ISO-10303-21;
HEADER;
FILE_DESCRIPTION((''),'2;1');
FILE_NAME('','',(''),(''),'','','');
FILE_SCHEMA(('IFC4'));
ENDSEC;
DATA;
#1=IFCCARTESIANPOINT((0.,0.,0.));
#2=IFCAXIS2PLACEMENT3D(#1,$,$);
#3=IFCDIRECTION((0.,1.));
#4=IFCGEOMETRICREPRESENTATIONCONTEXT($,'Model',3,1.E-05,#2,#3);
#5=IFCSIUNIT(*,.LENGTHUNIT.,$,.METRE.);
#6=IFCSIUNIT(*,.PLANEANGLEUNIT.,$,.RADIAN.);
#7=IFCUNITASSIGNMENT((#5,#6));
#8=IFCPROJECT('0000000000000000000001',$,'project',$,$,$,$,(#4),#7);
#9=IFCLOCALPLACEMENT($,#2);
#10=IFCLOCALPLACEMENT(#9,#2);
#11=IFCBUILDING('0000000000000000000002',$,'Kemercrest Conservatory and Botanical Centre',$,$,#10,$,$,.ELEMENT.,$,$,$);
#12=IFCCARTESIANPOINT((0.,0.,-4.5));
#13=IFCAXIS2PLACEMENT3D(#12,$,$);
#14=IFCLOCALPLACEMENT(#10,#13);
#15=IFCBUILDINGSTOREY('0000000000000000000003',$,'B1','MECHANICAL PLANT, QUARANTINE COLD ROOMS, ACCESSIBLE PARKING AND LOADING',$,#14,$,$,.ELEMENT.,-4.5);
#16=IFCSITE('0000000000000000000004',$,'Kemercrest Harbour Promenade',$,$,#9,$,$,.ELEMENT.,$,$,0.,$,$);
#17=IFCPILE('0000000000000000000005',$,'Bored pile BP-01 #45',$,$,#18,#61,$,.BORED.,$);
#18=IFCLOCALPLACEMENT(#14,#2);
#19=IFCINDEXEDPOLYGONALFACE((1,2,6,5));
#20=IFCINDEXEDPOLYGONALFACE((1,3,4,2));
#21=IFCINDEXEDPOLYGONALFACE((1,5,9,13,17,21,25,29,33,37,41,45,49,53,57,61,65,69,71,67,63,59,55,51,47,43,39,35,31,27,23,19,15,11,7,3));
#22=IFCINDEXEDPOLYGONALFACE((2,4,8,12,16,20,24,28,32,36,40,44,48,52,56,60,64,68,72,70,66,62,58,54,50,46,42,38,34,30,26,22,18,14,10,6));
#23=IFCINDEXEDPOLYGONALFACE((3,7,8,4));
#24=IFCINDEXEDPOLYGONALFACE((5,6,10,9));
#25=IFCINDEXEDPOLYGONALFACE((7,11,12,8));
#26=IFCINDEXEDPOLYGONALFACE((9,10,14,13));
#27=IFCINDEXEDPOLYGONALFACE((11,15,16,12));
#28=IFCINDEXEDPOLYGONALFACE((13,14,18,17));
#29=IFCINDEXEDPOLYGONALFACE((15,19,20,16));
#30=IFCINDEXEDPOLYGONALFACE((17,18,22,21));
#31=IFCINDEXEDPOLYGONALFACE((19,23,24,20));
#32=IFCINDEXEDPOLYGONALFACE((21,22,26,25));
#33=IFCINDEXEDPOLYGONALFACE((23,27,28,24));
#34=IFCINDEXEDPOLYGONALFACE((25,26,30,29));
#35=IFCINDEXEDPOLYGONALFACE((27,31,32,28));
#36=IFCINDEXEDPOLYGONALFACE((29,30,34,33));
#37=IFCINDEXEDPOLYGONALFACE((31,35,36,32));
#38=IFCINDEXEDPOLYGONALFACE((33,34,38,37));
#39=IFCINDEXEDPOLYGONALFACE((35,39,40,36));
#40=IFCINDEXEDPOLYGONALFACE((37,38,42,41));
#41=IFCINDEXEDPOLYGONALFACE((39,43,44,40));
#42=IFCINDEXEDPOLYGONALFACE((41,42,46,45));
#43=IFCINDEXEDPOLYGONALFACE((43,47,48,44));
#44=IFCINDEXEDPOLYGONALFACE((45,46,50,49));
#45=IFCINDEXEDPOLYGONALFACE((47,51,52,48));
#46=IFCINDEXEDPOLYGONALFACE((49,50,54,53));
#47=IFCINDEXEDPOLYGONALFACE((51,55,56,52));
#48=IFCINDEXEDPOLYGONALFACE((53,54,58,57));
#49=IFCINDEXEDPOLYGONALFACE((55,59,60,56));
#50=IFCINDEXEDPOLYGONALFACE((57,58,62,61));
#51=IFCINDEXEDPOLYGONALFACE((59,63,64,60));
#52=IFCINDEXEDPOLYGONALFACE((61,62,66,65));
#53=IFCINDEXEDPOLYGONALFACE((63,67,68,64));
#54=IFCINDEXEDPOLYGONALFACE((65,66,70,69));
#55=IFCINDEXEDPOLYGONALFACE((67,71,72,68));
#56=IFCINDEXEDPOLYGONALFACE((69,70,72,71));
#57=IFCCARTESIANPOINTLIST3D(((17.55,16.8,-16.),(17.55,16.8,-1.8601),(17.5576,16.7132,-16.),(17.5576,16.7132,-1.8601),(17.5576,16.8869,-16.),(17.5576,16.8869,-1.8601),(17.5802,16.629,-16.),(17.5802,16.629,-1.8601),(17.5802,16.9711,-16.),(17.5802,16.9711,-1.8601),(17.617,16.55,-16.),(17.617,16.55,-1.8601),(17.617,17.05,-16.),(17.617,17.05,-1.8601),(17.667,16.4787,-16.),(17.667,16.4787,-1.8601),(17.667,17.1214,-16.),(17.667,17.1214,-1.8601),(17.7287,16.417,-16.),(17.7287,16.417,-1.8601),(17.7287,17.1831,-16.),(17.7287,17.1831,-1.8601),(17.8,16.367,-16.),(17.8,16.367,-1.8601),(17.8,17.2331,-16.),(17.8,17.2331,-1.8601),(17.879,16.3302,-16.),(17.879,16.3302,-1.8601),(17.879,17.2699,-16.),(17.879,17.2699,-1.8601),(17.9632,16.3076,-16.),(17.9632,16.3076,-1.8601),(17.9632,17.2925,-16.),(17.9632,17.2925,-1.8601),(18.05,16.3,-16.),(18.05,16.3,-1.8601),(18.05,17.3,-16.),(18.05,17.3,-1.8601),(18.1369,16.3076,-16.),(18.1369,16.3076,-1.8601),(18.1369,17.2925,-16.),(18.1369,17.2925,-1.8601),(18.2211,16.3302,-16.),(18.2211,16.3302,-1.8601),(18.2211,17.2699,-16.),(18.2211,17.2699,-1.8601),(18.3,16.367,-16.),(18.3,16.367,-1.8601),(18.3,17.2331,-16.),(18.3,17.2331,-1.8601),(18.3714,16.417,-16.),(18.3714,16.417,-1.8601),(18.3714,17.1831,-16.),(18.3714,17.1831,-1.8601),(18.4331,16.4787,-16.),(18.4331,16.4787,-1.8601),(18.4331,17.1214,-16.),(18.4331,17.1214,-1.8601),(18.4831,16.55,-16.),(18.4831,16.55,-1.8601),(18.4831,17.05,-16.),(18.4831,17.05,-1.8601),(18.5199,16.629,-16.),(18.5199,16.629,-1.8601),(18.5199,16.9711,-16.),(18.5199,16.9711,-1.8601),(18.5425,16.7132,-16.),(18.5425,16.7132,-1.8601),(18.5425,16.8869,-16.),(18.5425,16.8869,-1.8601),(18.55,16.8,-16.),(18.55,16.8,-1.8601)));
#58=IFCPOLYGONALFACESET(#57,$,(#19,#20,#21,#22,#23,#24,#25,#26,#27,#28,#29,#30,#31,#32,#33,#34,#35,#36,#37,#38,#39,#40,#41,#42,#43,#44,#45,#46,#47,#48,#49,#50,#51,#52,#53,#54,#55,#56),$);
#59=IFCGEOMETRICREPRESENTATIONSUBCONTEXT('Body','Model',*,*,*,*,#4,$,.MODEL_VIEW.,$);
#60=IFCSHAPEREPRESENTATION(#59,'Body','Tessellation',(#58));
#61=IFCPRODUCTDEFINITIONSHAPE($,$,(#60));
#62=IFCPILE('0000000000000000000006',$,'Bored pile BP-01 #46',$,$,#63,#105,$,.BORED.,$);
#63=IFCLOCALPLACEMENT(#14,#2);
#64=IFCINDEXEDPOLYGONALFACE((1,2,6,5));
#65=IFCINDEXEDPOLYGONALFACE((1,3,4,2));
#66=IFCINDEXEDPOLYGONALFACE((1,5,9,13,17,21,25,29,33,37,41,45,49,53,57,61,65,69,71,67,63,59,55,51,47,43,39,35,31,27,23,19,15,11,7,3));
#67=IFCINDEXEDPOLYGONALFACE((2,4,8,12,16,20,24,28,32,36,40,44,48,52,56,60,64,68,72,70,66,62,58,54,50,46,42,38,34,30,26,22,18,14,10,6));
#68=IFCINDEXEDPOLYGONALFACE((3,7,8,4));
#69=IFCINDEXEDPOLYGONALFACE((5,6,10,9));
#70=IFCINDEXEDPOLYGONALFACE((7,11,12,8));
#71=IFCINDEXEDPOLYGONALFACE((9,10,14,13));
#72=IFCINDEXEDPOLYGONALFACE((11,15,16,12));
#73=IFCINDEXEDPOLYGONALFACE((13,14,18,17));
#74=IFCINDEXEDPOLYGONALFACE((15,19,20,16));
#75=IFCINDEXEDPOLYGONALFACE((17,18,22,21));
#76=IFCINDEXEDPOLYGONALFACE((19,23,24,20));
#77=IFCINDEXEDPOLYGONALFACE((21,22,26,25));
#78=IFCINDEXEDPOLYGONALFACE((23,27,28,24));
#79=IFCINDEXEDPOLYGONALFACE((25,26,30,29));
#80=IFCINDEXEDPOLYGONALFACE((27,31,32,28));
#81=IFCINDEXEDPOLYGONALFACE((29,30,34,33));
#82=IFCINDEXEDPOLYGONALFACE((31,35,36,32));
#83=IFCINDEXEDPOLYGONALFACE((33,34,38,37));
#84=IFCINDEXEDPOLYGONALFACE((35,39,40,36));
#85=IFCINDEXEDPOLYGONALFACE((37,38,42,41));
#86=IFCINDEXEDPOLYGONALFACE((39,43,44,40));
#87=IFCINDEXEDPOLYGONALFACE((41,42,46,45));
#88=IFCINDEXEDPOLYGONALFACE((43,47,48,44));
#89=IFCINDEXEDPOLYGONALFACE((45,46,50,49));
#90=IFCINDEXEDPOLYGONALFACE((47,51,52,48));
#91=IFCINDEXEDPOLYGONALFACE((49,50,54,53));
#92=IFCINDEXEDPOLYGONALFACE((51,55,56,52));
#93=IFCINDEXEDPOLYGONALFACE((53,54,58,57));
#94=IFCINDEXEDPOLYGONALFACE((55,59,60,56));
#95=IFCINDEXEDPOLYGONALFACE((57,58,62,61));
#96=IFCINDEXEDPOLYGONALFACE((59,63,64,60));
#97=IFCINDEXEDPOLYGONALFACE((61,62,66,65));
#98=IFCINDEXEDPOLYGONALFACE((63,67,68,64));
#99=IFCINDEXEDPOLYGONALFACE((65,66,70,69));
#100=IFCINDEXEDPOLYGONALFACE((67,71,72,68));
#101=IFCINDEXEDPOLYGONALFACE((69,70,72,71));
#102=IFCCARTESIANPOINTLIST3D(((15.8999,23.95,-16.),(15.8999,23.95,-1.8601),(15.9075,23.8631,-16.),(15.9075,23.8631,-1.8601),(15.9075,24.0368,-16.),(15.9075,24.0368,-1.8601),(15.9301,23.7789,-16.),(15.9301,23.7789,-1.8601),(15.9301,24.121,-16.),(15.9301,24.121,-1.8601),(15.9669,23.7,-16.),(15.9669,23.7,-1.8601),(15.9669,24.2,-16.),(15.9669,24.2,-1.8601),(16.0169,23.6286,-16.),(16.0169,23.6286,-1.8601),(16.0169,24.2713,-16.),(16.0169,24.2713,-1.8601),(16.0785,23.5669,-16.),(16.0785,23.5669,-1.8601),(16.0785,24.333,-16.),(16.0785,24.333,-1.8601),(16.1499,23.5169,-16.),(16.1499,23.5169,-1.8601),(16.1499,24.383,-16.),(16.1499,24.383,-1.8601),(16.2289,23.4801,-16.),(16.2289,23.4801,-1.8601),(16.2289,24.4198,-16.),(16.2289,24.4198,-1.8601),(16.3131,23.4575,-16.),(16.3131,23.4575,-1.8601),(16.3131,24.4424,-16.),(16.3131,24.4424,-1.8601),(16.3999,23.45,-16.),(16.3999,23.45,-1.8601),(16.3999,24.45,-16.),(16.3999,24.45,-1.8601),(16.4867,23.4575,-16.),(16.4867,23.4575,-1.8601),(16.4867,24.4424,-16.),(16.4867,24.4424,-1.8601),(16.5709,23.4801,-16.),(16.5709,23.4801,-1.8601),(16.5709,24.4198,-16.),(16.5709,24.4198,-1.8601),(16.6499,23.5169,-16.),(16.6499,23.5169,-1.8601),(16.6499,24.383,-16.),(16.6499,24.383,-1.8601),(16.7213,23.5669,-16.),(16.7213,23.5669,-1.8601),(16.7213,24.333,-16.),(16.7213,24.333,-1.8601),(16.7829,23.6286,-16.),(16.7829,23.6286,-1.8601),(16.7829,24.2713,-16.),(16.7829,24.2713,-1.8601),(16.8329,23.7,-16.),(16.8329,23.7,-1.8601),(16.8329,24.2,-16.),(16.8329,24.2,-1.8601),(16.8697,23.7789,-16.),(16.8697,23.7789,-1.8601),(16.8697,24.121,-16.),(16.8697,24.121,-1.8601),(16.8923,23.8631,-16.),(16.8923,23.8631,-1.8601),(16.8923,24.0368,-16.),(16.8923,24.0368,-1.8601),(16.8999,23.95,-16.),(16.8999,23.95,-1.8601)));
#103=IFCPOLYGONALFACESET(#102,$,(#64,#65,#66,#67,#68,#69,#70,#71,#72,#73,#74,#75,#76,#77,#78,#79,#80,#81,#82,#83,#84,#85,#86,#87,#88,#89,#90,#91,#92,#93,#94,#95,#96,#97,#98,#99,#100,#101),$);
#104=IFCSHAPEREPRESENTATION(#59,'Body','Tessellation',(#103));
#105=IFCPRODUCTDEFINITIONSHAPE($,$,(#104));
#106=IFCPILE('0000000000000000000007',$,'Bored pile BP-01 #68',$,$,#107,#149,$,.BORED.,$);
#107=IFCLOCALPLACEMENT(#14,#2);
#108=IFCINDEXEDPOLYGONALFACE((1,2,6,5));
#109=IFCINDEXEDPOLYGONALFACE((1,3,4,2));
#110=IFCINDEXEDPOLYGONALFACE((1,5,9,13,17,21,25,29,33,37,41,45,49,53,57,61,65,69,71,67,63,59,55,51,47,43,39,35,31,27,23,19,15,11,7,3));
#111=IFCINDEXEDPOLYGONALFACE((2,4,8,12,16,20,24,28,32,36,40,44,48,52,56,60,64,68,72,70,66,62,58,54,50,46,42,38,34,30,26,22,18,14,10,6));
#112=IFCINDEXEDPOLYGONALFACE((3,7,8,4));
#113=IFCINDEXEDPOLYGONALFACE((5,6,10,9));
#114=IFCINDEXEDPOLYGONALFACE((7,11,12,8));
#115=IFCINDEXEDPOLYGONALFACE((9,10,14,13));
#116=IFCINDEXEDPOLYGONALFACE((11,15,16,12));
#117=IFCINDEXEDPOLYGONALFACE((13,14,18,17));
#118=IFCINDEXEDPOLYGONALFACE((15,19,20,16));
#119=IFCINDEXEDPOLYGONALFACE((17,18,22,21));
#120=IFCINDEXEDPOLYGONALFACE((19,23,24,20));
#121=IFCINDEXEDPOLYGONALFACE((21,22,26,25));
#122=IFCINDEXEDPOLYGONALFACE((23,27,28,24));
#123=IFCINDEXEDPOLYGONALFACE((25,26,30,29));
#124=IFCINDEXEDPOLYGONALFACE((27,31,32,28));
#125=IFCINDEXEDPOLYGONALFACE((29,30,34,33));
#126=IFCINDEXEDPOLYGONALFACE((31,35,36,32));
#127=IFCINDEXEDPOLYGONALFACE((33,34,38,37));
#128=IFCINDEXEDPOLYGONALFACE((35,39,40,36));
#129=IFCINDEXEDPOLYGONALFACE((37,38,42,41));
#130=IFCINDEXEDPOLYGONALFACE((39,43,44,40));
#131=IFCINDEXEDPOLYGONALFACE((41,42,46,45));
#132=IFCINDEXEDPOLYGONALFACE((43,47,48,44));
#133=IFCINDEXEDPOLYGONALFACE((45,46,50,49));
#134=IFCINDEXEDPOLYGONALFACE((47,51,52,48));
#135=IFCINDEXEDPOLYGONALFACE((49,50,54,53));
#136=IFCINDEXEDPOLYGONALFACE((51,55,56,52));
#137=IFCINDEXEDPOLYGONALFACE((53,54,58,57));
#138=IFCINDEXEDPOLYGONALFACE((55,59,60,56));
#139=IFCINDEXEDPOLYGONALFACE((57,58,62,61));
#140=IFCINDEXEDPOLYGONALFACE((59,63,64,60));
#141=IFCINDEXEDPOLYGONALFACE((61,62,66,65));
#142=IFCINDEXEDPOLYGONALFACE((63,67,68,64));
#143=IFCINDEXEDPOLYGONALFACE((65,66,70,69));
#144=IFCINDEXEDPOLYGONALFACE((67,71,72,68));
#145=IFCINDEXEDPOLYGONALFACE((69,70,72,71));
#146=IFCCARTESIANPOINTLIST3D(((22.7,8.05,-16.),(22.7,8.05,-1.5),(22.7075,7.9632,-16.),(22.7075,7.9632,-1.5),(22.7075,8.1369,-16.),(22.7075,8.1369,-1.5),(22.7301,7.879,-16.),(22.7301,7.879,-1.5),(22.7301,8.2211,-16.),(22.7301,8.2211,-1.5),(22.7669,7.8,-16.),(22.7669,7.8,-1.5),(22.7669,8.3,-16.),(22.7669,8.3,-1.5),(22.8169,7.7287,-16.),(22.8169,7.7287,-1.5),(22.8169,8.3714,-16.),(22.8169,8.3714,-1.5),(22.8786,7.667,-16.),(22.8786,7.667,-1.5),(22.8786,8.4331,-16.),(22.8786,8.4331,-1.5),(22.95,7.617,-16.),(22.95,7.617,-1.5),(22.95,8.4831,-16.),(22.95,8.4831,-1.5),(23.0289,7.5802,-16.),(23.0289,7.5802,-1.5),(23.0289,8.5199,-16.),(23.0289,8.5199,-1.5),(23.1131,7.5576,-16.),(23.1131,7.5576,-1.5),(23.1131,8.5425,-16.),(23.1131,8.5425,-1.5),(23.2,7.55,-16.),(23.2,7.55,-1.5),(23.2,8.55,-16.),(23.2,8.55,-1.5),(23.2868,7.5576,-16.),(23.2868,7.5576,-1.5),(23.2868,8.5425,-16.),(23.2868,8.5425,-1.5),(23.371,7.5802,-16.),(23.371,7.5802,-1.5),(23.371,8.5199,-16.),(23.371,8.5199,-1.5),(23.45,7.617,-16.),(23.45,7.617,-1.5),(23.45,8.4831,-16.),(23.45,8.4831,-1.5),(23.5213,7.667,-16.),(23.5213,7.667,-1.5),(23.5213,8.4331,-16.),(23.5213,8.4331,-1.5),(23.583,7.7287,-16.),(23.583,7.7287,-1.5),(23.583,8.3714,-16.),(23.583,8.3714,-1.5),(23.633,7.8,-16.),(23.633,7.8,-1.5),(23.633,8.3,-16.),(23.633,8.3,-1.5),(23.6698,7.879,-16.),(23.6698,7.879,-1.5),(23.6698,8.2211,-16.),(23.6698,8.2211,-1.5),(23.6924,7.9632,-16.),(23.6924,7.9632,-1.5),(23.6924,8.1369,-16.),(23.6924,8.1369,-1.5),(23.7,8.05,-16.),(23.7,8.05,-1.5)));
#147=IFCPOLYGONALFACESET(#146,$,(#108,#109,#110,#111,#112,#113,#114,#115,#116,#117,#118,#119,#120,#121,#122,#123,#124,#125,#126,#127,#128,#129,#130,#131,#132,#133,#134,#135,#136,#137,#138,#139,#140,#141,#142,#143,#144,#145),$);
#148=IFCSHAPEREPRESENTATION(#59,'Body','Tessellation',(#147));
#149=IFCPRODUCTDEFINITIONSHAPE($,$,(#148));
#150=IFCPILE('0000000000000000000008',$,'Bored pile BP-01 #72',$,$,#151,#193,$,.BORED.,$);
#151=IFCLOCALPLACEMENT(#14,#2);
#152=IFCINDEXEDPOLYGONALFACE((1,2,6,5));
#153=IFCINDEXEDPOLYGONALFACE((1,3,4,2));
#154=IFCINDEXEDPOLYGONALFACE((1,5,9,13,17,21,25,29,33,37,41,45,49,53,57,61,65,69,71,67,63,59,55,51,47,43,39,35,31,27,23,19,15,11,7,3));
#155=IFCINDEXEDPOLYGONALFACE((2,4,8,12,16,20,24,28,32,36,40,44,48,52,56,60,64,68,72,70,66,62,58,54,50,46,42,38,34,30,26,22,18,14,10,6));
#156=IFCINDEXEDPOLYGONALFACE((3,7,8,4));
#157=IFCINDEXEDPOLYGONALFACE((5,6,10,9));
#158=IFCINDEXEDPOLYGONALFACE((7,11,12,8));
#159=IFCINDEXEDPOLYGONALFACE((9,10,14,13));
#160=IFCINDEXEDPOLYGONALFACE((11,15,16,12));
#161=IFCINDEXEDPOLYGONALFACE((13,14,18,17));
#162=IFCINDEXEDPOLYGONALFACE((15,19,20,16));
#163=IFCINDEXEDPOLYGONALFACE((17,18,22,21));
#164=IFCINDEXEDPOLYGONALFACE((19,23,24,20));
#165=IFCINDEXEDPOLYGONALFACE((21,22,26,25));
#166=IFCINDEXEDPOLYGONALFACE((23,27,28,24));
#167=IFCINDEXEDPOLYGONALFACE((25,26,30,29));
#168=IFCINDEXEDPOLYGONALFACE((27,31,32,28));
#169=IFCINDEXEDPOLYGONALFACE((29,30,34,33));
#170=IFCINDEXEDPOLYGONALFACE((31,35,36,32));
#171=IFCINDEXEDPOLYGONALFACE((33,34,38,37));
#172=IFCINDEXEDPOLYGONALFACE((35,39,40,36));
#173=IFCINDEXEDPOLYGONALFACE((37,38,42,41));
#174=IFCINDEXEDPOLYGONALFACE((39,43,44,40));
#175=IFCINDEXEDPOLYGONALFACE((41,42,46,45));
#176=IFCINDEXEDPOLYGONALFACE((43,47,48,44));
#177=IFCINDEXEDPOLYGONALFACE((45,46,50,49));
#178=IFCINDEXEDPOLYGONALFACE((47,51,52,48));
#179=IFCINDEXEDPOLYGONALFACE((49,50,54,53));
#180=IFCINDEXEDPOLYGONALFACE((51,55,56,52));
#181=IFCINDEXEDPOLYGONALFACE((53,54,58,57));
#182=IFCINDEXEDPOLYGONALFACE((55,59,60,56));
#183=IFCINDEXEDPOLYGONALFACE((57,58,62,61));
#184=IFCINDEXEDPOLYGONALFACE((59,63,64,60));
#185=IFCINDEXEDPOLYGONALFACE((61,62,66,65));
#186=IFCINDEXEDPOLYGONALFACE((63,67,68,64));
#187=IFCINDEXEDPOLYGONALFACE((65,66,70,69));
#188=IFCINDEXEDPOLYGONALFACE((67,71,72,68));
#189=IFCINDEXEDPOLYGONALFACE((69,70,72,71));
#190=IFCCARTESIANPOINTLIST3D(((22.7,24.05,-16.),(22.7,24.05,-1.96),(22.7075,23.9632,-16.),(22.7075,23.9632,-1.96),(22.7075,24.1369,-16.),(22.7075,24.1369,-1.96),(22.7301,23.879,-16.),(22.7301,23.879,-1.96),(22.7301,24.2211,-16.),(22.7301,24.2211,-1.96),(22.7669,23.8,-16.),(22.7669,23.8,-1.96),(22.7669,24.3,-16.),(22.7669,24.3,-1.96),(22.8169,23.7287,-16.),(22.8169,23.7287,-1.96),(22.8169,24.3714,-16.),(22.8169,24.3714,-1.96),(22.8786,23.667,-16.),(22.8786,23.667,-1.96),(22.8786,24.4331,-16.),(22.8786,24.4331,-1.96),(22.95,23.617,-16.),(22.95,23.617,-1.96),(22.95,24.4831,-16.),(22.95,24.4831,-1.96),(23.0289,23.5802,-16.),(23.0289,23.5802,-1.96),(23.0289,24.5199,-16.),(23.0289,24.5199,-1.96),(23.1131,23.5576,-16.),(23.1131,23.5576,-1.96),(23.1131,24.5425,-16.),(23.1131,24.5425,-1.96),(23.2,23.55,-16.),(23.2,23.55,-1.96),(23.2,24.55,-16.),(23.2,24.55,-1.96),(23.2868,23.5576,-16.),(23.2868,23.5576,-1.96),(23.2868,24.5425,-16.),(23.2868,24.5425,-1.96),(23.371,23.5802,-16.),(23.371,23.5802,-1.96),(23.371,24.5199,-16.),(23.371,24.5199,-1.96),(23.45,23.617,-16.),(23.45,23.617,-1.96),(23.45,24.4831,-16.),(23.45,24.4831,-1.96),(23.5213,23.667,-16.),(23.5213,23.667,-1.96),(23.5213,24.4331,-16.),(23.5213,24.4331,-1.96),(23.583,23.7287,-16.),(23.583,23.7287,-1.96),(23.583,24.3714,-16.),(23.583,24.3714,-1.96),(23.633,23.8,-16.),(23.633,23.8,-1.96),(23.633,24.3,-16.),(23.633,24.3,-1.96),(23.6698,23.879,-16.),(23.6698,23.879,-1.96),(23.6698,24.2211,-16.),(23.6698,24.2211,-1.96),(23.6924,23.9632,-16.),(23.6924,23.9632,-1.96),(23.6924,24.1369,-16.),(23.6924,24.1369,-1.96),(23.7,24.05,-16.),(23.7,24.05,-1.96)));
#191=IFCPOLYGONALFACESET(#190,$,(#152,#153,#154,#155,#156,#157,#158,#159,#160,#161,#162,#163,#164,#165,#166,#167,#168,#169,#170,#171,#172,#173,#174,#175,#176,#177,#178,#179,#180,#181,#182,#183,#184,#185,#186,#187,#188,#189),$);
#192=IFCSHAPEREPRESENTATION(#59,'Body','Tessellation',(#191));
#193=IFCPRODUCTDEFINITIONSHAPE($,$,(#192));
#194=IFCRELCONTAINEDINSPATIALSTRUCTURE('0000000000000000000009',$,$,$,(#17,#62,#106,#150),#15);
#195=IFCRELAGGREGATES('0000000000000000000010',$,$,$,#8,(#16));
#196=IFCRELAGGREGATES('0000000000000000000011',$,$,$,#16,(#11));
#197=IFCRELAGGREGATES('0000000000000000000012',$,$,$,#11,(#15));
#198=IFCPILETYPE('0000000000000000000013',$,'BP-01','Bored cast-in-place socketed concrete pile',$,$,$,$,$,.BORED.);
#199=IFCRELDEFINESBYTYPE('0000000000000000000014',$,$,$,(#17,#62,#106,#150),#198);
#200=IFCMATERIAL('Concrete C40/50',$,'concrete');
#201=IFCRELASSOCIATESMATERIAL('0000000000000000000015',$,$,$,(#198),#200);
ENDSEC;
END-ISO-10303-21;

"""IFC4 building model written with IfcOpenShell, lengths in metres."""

from ifc_helpers import new_model, si_unit, direction, frame, origin, origin_2d, place, context, subcontext, project, spatial, circle, extrude, material, material_profile, profile_set, type_object, element, save


model = new_model("IFC4")

# Units and contexts
model_context = context("Model", 3, precision=1e-05, world=origin(), true_north=direction((0.0, 1.0)))
body_context = subcontext(model_context, "Body", "Model", "MODEL_VIEW")
ifc_project = project(units=[si_unit("LENGTHUNIT", "METRE"), si_unit("PLANEANGLEUNIT", "RADIAN")], contexts=[model_context])

# Site, building, storey
site_placement = place(None, origin())
site = spatial("IfcSite", under=ifc_project, at=site_placement, Name="Kemercrest Harbour Promenade", CompositionType="ELEMENT", RefElevation=0.0)
building_placement = place(site_placement, origin())
building = spatial("IfcBuilding", under=site, at=building_placement, Name="Kemercrest Conservatory and Botanical Centre", CompositionType="ELEMENT")
storey_placement = place(building_placement, frame((0.0, 0.0, -4.5)))
storey = spatial("IfcBuildingStorey", under=building, at=storey_placement, Name="B1", Description="MECHANICAL PLANT, QUARANTINE COLD ROOMS, ACCESSIBLE PARKING AND LOADING", CompositionType="ELEMENT", Elevation=-4.5)

# Piles
ifc_material_1 = material(Name="Concrete C40/50", Category="concrete")
ifc_material_profile_1 = material_profile(ifc_material_1, circle(Radius=0.5, at=origin_2d()), Name="BORED PILE 1000")
ifc_profile_set_1 = profile_set([ifc_material_profile_1], Name="Concrete C40/50")
pile_type_1 = type_object("IfcPileType", Name="BP-01", Description="Bored cast-in-place socketed concrete pile", PredefinedType="BORED", material=ifc_profile_set_1)
for number, where, z_axis, x_axis, name in (
    (1, (18.05, 16.8, -1.8601), (0.0, 0.0, -1.0), (1.0, 0.0, 0.0), "Bored pile BP-01 #45"),
    (2, (16.3999, 23.95, -1.8601), (0.0, 0.0, -1.0), (1.0, 0.0, 0.0), "Bored pile BP-01 #46"),
):
    element("IfcPile", number, at=place(storey_placement, frame(where, z_axis=z_axis, x_axis=x_axis)), inside=storey, type_object=pile_type_1, Name=name, PredefinedType="BORED", context=body_context, shape_type="SweptSolid", body=[
        extrude(circle(Radius=0.5, at=origin_2d()), origin(), (0.0, 0.0, 1.0), 14.1399),
    ])
pile_1_placement = place(storey_placement, frame((23.2, 8.05, -1.5), z_axis=(0.0, 0.0, -1.0), x_axis=(1.0, 0.0, 0.0)))
element("IfcPile", 3, at=pile_1_placement, inside=storey, type_object=pile_type_1, Name="Bored pile BP-01 #68", PredefinedType="BORED", context=body_context, shape_type="SweptSolid", body=[
    extrude(circle(Radius=0.5, at=origin_2d()), origin(), (0.0, 0.0, 1.0), 14.5),
])
pile_2_placement = place(storey_placement, frame((23.2, 24.05, -1.96), z_axis=(0.0, 0.0, -1.0), x_axis=(1.0, 0.0, 0.0)))
element("IfcPile", 4, at=pile_2_placement, inside=storey, type_object=pile_type_1, Name="Bored pile BP-01 #72", PredefinedType="BORED", context=body_context, shape_type="SweptSolid", body=[
    extrude(circle(Radius=0.5, at=origin_2d()), origin(), (0.0, 0.0, 1.0), 14.04),
])

save(model, "model.ifc")
